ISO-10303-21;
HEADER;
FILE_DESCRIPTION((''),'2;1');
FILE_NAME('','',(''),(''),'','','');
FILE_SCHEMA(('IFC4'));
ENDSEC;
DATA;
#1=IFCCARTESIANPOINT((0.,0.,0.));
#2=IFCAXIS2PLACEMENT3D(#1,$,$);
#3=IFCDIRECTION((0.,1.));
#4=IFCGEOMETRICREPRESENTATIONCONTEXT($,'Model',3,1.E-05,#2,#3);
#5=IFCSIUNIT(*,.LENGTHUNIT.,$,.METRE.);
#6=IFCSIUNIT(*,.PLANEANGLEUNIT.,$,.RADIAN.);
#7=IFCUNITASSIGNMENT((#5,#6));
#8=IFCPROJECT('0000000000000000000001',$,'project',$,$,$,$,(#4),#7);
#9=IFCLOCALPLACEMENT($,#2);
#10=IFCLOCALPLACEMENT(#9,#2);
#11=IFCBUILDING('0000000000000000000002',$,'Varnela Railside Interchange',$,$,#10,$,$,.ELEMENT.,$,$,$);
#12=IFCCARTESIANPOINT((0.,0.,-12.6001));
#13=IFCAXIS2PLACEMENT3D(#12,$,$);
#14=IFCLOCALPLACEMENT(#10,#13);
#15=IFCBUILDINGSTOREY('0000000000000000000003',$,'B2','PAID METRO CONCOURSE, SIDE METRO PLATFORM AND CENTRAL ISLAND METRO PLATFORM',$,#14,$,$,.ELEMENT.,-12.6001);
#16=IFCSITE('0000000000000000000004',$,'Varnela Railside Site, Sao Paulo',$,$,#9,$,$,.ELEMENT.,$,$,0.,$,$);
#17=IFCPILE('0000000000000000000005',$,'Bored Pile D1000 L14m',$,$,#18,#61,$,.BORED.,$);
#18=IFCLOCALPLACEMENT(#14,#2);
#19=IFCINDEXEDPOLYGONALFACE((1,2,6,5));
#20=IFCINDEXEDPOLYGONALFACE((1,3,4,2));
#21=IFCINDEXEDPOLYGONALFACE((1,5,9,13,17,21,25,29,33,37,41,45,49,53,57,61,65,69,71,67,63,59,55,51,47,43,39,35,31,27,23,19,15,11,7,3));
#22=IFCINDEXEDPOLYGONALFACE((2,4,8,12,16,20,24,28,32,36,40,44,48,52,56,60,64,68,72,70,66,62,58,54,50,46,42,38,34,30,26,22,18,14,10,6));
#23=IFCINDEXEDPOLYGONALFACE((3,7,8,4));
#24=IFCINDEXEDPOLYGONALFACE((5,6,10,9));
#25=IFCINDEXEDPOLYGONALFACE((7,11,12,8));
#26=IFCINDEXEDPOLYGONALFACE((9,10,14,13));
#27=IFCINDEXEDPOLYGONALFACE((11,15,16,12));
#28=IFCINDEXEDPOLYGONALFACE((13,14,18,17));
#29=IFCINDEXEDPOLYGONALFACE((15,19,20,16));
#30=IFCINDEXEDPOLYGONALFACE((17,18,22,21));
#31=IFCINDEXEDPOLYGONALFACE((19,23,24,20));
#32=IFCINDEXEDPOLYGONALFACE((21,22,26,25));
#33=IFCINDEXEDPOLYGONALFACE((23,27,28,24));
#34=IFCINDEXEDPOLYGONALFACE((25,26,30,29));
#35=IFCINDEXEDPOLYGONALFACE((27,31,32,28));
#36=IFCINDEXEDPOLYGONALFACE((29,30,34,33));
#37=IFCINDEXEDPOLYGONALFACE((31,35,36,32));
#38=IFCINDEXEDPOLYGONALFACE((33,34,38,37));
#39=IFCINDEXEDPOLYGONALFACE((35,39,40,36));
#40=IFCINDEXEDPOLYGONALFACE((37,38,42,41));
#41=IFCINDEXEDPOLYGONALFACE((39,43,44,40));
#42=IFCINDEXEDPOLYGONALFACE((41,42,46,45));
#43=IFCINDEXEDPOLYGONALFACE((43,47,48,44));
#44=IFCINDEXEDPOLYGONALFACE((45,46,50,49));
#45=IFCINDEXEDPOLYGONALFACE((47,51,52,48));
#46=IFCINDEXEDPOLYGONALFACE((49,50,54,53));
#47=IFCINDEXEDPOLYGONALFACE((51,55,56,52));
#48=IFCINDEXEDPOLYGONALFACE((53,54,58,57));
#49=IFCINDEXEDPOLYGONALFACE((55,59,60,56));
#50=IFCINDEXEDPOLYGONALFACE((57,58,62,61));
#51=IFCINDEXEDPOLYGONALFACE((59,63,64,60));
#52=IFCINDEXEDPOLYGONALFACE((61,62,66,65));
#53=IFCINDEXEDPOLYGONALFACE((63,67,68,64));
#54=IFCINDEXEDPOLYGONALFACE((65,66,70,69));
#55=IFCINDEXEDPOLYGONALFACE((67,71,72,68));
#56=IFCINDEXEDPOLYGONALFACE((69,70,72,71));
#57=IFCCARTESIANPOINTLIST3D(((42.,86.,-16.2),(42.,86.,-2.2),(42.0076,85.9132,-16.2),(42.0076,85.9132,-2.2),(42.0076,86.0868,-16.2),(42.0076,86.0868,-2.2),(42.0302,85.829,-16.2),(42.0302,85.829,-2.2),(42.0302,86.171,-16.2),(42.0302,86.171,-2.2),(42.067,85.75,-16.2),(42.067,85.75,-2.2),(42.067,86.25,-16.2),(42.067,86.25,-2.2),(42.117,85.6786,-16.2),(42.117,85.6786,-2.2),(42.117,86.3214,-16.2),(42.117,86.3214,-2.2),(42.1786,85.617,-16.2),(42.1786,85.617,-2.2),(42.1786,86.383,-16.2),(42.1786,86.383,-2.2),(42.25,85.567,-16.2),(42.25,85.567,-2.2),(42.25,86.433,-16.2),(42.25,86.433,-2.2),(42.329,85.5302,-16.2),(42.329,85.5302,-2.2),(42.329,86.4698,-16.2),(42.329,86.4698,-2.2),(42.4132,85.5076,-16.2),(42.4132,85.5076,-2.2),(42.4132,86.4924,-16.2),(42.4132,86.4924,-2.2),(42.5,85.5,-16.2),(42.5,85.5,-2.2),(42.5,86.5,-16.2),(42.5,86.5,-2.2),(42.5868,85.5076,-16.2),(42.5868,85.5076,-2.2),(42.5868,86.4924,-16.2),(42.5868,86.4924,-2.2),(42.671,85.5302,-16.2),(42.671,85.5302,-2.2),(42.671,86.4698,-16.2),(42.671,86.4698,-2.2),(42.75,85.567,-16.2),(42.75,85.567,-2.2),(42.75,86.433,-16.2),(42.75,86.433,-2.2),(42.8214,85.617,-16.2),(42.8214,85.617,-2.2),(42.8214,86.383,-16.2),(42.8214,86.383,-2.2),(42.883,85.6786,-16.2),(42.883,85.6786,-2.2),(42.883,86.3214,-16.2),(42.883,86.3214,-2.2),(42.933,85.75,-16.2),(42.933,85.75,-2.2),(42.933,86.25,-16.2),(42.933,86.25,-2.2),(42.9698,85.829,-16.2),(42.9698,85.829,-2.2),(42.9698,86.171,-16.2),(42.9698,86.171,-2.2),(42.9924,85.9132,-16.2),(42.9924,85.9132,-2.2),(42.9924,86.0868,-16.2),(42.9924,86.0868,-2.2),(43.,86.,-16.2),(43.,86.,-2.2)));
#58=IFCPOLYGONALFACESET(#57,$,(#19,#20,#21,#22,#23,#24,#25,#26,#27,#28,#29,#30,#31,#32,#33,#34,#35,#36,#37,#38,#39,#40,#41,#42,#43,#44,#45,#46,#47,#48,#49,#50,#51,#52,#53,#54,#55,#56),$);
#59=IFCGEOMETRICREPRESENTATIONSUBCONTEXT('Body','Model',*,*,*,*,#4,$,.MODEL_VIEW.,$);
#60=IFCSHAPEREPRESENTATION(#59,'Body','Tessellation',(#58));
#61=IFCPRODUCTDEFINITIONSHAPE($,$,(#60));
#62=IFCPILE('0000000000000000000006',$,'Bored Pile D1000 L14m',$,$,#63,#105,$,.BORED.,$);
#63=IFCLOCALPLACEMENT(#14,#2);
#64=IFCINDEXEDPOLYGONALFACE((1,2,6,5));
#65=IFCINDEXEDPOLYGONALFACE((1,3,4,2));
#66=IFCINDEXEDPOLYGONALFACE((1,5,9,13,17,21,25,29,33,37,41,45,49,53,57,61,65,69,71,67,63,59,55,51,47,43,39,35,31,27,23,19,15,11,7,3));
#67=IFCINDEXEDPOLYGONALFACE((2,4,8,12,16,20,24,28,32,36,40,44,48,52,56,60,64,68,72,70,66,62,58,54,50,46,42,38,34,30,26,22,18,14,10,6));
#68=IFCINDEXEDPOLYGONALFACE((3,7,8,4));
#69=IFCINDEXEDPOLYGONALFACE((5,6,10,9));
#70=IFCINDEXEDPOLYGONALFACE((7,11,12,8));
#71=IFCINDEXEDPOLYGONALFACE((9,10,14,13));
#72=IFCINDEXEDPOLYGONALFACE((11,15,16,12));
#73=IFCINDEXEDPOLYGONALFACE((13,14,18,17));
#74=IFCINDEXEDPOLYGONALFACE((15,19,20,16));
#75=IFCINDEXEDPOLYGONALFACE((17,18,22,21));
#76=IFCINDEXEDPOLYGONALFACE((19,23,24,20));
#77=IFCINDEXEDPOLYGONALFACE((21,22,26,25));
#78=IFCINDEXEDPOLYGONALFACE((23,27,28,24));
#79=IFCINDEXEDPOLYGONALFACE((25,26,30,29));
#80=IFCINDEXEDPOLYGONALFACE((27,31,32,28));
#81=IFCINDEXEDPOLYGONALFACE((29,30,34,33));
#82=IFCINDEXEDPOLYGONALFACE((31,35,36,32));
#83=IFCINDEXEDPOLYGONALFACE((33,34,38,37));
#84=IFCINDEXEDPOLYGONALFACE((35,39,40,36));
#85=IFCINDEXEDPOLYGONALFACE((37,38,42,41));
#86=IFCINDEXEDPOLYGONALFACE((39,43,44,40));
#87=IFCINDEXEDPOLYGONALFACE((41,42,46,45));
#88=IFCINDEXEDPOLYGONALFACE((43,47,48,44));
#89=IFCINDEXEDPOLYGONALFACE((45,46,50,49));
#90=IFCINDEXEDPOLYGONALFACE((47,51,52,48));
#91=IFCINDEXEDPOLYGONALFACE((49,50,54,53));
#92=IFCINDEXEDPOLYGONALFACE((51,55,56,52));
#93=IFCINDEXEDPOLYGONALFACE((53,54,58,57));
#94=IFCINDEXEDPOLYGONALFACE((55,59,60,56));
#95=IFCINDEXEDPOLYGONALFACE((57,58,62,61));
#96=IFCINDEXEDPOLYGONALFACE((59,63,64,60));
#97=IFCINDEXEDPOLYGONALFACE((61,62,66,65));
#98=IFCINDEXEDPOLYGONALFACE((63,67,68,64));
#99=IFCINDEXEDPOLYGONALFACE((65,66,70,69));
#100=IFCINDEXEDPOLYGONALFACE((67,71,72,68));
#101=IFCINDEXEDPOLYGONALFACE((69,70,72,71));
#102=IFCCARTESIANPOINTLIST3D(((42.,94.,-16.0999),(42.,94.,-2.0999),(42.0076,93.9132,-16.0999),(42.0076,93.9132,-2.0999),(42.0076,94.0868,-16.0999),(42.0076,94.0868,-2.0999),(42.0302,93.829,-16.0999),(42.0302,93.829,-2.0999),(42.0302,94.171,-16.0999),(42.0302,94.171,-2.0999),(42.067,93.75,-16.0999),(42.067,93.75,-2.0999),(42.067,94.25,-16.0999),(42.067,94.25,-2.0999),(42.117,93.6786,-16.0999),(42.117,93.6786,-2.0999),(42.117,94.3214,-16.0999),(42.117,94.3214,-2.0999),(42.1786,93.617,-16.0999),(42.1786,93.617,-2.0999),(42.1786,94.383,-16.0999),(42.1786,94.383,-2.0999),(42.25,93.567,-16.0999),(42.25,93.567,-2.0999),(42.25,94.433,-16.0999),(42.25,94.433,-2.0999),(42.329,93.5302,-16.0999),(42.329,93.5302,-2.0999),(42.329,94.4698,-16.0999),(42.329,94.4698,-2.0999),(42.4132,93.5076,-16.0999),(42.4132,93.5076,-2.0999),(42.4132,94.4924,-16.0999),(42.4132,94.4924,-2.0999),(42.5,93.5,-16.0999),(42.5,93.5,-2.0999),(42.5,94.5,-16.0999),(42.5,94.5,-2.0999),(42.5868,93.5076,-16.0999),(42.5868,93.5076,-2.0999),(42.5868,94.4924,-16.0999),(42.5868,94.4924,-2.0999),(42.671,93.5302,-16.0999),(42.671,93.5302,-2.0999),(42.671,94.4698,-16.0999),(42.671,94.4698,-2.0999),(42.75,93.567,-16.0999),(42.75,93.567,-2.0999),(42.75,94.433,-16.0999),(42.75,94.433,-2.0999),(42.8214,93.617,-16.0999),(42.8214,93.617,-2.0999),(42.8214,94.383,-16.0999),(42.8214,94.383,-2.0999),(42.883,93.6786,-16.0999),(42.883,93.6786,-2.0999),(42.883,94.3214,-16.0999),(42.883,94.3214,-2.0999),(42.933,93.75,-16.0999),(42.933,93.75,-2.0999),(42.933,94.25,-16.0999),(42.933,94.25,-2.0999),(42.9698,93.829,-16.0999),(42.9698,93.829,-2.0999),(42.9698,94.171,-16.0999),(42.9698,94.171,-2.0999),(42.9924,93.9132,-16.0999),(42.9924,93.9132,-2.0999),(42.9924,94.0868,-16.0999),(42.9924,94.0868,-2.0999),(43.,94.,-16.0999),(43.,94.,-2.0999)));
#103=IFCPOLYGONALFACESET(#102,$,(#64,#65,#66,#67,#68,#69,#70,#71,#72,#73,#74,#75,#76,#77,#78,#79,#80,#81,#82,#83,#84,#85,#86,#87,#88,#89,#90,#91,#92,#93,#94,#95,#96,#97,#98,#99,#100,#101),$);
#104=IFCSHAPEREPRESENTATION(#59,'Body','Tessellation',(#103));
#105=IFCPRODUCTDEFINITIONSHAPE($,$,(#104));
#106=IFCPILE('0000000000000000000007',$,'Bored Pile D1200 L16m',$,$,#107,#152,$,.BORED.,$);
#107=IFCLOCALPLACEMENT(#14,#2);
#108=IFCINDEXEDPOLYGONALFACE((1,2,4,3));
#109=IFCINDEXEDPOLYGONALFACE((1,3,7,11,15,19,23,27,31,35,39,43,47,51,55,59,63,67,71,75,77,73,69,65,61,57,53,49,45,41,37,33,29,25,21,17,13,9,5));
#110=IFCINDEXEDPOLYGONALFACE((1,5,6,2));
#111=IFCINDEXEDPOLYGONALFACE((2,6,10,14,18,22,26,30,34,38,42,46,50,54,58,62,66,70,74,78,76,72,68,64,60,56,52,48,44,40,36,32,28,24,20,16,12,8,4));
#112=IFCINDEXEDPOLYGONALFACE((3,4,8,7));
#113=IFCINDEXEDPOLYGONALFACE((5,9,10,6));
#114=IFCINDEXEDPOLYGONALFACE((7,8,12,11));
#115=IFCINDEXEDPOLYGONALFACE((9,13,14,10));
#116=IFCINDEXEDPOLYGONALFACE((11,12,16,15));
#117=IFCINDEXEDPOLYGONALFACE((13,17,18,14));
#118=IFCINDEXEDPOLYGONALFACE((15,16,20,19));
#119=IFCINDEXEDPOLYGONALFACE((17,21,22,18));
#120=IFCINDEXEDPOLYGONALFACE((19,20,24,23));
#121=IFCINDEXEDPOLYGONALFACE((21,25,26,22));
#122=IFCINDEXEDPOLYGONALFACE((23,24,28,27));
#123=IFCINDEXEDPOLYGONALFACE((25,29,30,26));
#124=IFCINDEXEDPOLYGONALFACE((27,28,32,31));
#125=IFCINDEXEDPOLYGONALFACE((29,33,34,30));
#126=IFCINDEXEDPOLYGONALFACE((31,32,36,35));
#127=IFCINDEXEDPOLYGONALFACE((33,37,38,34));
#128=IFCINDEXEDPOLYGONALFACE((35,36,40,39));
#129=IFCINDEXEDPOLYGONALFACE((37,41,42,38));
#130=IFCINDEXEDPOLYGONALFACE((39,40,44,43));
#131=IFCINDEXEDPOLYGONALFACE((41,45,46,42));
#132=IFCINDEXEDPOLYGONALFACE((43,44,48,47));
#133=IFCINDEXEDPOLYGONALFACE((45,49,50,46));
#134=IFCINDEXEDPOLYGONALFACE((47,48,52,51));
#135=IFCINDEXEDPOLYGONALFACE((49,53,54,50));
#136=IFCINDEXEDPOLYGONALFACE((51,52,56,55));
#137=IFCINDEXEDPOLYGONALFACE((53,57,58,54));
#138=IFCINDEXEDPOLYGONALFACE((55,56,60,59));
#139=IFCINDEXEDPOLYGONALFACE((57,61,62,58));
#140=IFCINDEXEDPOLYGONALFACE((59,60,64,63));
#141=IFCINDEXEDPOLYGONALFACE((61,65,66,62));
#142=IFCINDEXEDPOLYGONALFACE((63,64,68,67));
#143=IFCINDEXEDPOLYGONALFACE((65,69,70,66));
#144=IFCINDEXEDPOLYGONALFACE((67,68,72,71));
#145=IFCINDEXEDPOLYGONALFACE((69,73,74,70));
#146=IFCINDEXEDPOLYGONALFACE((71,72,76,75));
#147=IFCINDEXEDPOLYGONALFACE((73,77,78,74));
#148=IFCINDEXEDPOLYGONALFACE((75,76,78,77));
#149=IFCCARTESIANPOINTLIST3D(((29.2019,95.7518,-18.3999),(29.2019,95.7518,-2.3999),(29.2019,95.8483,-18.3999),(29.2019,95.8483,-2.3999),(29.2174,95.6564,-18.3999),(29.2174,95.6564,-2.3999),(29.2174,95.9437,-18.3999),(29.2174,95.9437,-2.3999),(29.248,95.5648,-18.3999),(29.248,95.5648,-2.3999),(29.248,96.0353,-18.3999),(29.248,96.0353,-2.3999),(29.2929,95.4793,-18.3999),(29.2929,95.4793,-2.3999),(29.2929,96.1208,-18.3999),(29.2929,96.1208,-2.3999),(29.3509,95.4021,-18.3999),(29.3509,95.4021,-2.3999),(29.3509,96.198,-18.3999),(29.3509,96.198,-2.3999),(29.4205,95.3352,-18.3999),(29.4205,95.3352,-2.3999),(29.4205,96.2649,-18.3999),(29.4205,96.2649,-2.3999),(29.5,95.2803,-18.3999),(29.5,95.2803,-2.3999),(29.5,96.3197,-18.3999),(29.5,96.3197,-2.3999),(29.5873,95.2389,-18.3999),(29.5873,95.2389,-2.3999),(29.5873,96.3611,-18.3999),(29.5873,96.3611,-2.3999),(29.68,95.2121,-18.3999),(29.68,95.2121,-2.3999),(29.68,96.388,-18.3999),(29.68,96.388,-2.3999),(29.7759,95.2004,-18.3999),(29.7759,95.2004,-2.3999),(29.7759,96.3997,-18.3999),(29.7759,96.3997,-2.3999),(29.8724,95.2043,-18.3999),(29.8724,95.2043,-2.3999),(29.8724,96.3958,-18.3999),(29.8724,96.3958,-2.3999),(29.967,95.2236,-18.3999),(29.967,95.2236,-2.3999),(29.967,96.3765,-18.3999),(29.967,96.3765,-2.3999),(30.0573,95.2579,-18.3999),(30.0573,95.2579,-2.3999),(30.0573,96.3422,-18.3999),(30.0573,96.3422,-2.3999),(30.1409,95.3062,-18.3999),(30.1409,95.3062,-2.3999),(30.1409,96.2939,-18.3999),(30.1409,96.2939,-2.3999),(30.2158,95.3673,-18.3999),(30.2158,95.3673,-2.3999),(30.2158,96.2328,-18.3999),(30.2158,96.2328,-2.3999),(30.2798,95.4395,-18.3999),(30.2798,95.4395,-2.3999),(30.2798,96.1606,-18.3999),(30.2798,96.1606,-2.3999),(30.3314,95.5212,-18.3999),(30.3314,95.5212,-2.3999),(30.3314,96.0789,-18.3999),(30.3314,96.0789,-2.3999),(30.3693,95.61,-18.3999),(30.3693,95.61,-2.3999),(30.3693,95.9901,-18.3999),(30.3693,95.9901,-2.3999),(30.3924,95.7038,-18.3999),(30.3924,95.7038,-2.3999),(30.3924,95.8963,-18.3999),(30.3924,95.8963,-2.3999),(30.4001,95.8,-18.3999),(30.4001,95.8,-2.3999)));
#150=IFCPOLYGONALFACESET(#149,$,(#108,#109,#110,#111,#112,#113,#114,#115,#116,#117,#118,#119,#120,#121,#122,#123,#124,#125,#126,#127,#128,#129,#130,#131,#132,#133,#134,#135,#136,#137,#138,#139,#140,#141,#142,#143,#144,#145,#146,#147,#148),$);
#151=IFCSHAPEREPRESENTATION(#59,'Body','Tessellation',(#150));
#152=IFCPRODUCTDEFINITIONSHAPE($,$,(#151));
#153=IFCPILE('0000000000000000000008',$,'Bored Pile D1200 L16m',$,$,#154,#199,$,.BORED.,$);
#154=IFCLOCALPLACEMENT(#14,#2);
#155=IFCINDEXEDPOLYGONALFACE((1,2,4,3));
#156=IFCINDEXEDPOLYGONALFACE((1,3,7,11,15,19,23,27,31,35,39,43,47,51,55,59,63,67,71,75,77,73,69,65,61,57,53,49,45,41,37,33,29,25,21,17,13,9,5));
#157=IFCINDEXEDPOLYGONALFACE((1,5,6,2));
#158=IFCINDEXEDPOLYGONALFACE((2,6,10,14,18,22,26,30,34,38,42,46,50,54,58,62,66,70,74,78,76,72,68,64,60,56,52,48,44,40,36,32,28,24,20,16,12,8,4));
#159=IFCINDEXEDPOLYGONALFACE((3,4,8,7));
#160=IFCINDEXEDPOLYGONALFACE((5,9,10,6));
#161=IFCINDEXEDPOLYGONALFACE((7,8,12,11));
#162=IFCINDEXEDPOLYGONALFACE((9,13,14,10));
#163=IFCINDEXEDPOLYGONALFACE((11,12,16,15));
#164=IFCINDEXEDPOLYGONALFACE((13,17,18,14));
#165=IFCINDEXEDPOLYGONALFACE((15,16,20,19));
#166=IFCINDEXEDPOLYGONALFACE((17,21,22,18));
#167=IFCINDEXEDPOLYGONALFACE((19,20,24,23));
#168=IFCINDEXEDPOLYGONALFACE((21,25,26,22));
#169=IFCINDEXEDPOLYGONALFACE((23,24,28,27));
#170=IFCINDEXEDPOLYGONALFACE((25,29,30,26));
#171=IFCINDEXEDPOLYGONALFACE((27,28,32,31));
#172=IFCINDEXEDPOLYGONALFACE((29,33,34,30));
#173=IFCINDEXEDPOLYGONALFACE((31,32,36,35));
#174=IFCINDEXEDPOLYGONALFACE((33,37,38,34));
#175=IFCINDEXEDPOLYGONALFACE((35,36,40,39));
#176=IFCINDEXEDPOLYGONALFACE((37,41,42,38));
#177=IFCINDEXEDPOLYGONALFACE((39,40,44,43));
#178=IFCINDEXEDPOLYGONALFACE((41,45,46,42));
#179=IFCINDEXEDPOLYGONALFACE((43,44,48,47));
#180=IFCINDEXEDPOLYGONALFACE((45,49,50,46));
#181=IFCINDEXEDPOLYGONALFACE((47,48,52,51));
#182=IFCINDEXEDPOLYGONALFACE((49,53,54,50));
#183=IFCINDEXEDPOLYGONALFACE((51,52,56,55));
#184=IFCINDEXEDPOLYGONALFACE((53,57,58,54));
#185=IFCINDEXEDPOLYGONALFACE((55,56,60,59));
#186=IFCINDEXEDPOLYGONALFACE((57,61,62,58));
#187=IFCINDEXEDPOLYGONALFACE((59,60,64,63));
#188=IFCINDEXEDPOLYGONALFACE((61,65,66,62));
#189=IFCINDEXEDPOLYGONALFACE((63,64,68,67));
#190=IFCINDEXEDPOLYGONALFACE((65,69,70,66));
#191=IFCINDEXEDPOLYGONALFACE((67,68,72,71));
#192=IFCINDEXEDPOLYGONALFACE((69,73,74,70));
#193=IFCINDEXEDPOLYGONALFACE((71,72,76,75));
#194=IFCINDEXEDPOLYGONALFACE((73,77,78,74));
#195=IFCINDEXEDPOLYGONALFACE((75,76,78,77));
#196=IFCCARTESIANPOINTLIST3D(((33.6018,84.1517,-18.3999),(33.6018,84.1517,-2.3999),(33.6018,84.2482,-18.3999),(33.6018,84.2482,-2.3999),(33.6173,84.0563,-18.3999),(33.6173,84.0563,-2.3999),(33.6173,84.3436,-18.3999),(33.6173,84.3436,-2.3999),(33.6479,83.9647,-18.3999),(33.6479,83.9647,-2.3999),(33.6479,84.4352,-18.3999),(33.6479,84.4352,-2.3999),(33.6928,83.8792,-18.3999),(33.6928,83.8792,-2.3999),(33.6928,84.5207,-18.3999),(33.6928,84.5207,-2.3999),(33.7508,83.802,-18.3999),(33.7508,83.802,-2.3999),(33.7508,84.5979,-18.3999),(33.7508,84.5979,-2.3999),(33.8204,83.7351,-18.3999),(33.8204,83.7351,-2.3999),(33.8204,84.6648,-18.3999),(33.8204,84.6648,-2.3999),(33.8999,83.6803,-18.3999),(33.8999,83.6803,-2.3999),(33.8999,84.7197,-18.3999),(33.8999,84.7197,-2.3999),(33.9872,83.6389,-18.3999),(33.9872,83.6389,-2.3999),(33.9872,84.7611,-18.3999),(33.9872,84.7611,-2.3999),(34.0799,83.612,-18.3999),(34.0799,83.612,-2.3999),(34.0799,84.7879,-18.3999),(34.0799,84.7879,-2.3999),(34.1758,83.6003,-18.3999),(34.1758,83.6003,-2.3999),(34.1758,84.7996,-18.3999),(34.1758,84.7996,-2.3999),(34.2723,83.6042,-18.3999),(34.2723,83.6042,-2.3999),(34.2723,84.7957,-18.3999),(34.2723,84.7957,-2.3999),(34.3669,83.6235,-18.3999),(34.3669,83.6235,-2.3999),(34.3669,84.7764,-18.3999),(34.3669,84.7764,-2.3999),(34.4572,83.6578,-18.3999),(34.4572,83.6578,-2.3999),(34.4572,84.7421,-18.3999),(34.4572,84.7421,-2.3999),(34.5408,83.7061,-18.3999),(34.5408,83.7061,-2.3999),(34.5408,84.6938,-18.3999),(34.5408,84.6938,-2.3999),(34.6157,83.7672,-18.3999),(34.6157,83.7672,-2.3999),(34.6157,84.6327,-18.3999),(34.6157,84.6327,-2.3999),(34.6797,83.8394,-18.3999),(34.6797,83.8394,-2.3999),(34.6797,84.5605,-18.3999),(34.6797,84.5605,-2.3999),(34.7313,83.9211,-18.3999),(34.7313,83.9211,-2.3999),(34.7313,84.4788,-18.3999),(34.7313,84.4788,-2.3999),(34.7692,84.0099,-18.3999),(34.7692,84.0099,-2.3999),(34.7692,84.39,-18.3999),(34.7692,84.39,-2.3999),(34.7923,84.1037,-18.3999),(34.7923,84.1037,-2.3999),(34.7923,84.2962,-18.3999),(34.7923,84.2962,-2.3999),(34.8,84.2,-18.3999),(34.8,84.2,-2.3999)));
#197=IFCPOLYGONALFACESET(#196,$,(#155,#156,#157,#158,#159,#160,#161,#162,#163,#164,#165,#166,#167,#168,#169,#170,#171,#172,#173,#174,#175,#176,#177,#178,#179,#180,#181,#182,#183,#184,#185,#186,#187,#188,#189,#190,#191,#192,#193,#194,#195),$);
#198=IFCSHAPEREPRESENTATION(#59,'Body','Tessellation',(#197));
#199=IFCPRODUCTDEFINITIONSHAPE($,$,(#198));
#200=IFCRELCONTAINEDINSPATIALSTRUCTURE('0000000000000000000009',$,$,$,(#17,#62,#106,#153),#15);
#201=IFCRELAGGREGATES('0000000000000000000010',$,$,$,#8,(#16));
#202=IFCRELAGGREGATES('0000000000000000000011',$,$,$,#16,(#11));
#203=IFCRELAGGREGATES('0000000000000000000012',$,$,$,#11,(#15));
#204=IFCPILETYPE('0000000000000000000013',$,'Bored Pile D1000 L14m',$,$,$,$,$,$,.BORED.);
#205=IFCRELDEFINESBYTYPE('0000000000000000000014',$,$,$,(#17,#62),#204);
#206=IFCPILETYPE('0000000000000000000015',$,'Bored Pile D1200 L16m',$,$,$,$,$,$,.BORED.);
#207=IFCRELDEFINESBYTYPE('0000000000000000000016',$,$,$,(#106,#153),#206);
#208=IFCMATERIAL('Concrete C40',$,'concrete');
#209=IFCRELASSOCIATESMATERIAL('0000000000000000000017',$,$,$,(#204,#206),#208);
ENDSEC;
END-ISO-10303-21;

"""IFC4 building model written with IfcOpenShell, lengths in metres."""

from ifc_helpers import new_model, si_unit, direction, frame, origin, origin_2d, place, context, subcontext, project, spatial, circle, extrude, material, material_profile, profile_set, type_object, element, save


model = new_model("IFC4")

# Units and contexts
model_context = context("Model", 3, precision=1e-05, world=origin(), true_north=direction((0.0, 1.0)))
body_context = subcontext(model_context, "Body", "Model", "MODEL_VIEW")
ifc_project = project(units=[si_unit("LENGTHUNIT", "METRE"), si_unit("PLANEANGLEUNIT", "RADIAN")], contexts=[model_context])

# Site, building, storey
site_placement = place(None, origin())
site = spatial("IfcSite", under=ifc_project, at=site_placement, Name="Varnela Railside Site, Sao Paulo", CompositionType="ELEMENT", RefElevation=0.0)
building_placement = place(site_placement, origin())
building = spatial("IfcBuilding", under=site, at=building_placement, Name="Varnela Railside Interchange", CompositionType="ELEMENT")
storey_placement = place(building_placement, frame((0.0, 0.0, -12.6001)))
storey = spatial("IfcBuildingStorey", under=building, at=storey_placement, Name="B2", Description="PAID METRO CONCOURSE, SIDE METRO PLATFORM AND CENTRAL ISLAND METRO PLATFORM", CompositionType="ELEMENT", Elevation=-12.6001)

# Piles
ifc_material_1 = material(Name="Concrete C40", Category="concrete")
ifc_material_profile_1 = material_profile(ifc_material_1, circle(Radius=0.5, at=origin_2d()), Name="BORED PILE D1000")
ifc_profile_set_1 = profile_set([ifc_material_profile_1], Name="Concrete C40")
pile_type_1 = type_object("IfcPileType", Name="Bored Pile D1000 L14m", PredefinedType="BORED", material=ifc_profile_set_1)
for number, where, z_axis, x_axis, name in (
    (1, (42.5, 86.0, -2.2), (0.0, 0.0, -1.0), (1.0, 0.0, 0.0), "Bored Pile D1000 L14m"),
    (2, (42.5, 94.0, -2.0999), (0.0, 0.0, -1.0), (1.0, 0.0, 0.0), "Bored Pile D1000 L14m"),
):
    element("IfcPile", number, at=place(storey_placement, frame(where, z_axis=z_axis, x_axis=x_axis)), inside=storey, type_object=pile_type_1, Name=name, PredefinedType="BORED", context=body_context, shape_type="SweptSolid", body=[
        extrude(circle(Radius=0.5, at=origin_2d()), origin(), (0.0, 0.0, 1.0), 14.0),
    ])
ifc_material_profile_2 = material_profile(ifc_material_1, circle(Radius=0.6001, at=origin_2d()), Name="BORED PILE D1200")
ifc_profile_set_2 = profile_set([ifc_material_profile_2], Name="Concrete C40")
pile_type_2 = type_object("IfcPileType", Name="Bored Pile D1200 L16m", PredefinedType="BORED", material=ifc_profile_set_2)
for number, where, z_axis, x_axis, name in (
    (3, (29.8, 95.8, -2.3999), (0.0, 0.0, -1.0), (1.0, 0.0, 0.0), "Bored Pile D1200 L16m"),
    (4, (34.2, 84.2, -2.3999), (0.0, 0.0, -1.0), (1.0, 0.0, 0.0), "Bored Pile D1200 L16m"),
):
    element("IfcPile", number, at=place(storey_placement, frame(where, z_axis=z_axis, x_axis=x_axis)), inside=storey, type_object=pile_type_2, Name=name, PredefinedType="BORED", context=body_context, shape_type="SweptSolid", body=[
        extrude(circle(Radius=0.6001, at=origin_2d()), origin(), (0.0, 0.0, 1.0), 16.0),
    ])

save(model, "model.ifc")
